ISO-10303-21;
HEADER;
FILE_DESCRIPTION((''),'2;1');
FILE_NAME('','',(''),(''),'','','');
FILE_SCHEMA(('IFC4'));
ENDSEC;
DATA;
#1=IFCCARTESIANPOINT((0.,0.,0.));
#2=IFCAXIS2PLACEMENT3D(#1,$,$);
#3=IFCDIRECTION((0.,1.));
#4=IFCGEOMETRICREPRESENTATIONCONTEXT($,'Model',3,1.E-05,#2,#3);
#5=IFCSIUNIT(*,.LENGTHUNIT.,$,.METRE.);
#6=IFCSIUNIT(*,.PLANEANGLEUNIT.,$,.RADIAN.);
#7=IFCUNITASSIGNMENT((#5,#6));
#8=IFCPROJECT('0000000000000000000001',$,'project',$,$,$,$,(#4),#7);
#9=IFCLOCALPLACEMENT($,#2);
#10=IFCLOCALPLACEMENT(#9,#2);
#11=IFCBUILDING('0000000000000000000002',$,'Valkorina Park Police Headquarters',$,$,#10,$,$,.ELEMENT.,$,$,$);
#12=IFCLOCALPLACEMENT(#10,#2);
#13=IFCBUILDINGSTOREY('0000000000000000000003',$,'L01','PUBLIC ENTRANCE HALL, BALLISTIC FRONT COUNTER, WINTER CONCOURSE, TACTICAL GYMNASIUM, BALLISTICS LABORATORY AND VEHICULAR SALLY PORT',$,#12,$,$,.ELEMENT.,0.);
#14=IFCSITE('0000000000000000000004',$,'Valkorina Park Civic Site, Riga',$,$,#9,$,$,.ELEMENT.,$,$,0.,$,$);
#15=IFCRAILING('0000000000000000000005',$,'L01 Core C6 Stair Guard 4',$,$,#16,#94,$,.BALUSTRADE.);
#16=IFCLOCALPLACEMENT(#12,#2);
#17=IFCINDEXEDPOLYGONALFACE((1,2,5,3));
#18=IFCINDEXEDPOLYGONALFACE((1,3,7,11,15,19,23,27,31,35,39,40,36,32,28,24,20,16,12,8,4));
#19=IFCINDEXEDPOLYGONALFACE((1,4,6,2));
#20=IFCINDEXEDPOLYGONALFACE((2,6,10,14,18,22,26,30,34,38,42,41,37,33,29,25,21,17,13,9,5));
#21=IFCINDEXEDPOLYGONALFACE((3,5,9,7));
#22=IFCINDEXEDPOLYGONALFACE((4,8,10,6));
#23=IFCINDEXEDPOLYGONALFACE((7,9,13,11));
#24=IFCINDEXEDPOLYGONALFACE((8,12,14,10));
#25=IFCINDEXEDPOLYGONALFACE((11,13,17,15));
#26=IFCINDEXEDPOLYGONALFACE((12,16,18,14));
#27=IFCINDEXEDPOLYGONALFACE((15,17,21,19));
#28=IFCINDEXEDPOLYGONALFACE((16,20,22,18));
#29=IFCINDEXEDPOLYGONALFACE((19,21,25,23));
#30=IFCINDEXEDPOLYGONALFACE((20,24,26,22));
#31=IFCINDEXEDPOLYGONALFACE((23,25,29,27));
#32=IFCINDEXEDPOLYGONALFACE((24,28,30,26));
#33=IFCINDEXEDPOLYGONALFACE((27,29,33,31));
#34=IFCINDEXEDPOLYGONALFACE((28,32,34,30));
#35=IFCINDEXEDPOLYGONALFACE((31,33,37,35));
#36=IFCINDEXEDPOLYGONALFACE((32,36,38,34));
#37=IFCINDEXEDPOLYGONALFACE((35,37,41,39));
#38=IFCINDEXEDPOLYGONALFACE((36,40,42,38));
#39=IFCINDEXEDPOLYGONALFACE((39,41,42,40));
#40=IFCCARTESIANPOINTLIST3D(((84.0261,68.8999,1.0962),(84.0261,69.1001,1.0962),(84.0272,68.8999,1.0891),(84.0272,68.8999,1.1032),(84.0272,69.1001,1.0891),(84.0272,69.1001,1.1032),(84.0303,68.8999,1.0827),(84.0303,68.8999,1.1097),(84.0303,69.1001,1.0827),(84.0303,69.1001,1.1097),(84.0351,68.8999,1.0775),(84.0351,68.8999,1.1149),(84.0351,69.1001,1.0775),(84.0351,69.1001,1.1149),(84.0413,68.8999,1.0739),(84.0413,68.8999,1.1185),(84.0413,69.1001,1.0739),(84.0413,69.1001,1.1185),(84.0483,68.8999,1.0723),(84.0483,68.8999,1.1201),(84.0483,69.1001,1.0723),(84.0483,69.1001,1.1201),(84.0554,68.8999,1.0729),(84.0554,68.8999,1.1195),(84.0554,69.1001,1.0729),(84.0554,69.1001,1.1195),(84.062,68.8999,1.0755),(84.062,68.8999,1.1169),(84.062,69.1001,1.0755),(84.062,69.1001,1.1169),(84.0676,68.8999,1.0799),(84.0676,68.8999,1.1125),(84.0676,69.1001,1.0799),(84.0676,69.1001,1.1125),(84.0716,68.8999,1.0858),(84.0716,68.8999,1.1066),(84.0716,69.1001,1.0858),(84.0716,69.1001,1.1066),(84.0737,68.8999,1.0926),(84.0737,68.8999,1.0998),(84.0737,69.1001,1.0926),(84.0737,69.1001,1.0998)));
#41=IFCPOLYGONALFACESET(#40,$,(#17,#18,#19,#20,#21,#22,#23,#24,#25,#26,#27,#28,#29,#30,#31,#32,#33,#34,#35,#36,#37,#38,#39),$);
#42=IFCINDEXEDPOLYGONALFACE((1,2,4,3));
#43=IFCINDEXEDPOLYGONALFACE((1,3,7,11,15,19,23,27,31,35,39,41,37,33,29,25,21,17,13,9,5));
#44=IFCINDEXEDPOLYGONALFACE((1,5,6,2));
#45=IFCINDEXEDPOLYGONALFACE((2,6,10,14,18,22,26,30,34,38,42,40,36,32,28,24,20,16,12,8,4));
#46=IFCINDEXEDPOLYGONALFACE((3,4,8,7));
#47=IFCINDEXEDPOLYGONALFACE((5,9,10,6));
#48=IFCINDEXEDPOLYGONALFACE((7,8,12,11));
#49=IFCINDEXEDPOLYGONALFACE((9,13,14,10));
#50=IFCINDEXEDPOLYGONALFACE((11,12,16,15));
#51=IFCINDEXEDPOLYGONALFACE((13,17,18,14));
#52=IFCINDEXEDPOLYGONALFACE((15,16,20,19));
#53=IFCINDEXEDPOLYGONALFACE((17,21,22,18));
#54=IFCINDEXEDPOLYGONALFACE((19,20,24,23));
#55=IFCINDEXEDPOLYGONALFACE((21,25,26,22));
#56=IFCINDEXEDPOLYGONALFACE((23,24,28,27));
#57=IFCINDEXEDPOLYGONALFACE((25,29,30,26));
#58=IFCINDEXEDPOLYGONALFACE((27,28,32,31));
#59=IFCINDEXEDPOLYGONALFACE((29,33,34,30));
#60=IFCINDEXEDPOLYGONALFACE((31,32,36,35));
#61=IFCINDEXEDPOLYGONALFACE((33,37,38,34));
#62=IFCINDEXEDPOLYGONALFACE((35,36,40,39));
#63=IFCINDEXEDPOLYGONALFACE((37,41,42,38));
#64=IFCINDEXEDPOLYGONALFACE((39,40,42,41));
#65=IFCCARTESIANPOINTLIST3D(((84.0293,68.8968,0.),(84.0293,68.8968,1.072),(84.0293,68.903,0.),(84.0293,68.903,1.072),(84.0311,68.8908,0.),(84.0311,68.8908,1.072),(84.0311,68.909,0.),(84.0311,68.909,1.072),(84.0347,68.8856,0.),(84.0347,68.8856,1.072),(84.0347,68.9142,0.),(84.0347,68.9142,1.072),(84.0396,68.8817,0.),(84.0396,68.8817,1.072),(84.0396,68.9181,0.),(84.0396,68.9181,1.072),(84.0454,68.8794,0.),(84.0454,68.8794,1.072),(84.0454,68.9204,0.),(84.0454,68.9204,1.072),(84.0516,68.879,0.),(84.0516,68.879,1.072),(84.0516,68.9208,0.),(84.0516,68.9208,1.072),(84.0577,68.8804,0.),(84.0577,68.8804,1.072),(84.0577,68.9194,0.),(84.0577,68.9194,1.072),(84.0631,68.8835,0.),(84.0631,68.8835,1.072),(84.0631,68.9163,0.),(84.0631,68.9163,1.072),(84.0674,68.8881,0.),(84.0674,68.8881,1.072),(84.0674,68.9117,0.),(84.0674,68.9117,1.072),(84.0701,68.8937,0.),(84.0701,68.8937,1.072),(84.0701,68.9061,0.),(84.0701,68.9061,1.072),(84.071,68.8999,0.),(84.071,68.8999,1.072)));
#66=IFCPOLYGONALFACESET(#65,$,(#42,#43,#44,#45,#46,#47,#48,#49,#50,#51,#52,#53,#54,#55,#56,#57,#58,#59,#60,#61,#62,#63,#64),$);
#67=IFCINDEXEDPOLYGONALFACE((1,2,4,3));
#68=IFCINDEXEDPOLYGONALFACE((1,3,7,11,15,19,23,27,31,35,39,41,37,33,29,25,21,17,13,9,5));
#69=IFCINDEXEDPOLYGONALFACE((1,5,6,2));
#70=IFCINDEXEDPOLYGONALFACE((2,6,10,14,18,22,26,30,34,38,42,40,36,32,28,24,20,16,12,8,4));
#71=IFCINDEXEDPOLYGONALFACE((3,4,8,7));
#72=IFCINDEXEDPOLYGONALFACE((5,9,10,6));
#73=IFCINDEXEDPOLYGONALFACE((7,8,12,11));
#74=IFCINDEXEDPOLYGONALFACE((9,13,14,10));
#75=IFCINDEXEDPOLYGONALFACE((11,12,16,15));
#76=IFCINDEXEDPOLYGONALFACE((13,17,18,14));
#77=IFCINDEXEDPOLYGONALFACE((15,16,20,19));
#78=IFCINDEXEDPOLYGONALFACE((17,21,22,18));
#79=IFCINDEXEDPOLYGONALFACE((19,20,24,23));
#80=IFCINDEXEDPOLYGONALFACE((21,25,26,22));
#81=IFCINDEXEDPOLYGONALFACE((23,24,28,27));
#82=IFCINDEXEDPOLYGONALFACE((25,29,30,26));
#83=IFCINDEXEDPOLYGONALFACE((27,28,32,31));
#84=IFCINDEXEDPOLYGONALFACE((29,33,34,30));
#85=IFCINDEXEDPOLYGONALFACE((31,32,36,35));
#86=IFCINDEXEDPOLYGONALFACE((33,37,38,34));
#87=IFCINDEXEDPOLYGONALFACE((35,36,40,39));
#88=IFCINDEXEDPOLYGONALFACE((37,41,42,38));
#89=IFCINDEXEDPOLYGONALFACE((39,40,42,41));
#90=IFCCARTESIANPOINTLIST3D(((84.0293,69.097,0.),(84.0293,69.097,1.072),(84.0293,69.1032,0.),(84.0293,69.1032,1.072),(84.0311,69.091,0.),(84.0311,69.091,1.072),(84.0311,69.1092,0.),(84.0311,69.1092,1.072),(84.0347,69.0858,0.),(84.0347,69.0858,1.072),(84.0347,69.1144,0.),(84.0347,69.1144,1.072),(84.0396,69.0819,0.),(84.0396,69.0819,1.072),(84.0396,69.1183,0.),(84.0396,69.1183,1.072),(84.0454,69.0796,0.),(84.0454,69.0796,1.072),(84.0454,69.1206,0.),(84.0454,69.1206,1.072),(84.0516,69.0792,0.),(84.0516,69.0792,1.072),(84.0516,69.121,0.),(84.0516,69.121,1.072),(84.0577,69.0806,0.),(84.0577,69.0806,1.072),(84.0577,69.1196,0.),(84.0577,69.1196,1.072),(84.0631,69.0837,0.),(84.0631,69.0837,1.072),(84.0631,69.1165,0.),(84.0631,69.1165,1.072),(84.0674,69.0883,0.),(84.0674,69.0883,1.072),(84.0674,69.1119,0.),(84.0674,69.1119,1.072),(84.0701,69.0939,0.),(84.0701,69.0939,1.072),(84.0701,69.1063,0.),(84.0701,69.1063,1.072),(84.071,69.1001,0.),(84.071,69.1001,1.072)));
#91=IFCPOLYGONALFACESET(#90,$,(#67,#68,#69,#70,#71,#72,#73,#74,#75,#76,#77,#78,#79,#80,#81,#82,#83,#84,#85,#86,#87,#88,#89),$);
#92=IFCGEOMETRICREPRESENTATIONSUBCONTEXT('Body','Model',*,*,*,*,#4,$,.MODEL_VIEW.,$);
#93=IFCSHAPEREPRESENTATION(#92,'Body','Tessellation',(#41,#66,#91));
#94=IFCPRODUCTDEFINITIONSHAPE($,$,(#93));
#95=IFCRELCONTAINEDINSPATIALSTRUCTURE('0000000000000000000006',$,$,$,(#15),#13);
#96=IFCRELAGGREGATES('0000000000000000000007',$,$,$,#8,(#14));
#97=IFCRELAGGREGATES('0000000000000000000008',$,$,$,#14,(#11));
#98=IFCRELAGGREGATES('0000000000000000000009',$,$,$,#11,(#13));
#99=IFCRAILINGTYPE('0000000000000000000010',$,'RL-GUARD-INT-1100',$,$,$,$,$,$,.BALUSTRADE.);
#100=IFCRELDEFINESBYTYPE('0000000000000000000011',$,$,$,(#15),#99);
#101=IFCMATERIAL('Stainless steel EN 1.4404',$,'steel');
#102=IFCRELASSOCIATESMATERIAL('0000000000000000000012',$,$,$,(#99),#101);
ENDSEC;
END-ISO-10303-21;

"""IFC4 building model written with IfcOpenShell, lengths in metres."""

from ifc_helpers import new_model, si_unit, direction, frame, origin, origin_2d, place, context, subcontext, project, spatial, circle, extrude, material, type_object, element, save


model = new_model("IFC4")

# Units and contexts
model_context = context("Model", 3, precision=1e-05, world=origin(), true_north=direction((0.0, 1.0)))
body_context = subcontext(model_context, "Body", "Model", "MODEL_VIEW")
ifc_project = project(units=[si_unit("LENGTHUNIT", "METRE"), si_unit("PLANEANGLEUNIT", "RADIAN")], contexts=[model_context])

# Site, building, storey
site_placement = place(None, origin())
site = spatial("IfcSite", under=ifc_project, at=site_placement, Name="Valkorina Park Civic Site, Riga", CompositionType="ELEMENT", RefElevation=0.0)
building_placement = place(site_placement, origin())
building = spatial("IfcBuilding", under=site, at=building_placement, Name="Valkorina Park Police Headquarters", CompositionType="ELEMENT")
storey_placement = place(building_placement, origin())
storey = spatial("IfcBuildingStorey", under=building, at=storey_placement, Name="L01", Description="PUBLIC ENTRANCE HALL, BALLISTIC FRONT COUNTER, WINTER CONCOURSE, TACTICAL GYMNASIUM, BALLISTICS LABORATORY AND VEHICULAR SALLY PORT", CompositionType="ELEMENT", Elevation=0.0)

# Shared definitions
ifc_material_1 = material(Name="Stainless steel EN 1.4404", Category="steel")

# Railing
railing_type_1 = type_object("IfcRailingType", Name="RL-GUARD-INT-1100", PredefinedType="BALUSTRADE", material=ifc_material_1)
railing_1_placement = place(storey_placement, frame((84.05, 68.8999, 0.0)))
element("IfcRailing", 1, at=railing_1_placement, inside=storey, type_object=railing_type_1, Name="L01 Core C6 Stair Guard 4", PredefinedType="BALUSTRADE", context=body_context, shape_type="SweptSolid", body=[
    extrude(circle(Radius=0.0239, at=origin_2d()), frame((0.0, 0.0, 1.0962), z_axis=(0.0, 1.0, 0.0), x_axis=(-1.0, 0.0, 0.0)), (0.0, 0.0, 1.0), 0.2002),
    extrude(circle(Radius=0.021, at=origin_2d()), origin(), (0.0, 0.0, 1.0), 1.072),
    extrude(circle(Radius=0.021, at=origin_2d()), frame((0.0, 0.2002, 0.0)), (0.0, 0.0, 1.0), 1.072),
])

save(model, "model.ifc")
